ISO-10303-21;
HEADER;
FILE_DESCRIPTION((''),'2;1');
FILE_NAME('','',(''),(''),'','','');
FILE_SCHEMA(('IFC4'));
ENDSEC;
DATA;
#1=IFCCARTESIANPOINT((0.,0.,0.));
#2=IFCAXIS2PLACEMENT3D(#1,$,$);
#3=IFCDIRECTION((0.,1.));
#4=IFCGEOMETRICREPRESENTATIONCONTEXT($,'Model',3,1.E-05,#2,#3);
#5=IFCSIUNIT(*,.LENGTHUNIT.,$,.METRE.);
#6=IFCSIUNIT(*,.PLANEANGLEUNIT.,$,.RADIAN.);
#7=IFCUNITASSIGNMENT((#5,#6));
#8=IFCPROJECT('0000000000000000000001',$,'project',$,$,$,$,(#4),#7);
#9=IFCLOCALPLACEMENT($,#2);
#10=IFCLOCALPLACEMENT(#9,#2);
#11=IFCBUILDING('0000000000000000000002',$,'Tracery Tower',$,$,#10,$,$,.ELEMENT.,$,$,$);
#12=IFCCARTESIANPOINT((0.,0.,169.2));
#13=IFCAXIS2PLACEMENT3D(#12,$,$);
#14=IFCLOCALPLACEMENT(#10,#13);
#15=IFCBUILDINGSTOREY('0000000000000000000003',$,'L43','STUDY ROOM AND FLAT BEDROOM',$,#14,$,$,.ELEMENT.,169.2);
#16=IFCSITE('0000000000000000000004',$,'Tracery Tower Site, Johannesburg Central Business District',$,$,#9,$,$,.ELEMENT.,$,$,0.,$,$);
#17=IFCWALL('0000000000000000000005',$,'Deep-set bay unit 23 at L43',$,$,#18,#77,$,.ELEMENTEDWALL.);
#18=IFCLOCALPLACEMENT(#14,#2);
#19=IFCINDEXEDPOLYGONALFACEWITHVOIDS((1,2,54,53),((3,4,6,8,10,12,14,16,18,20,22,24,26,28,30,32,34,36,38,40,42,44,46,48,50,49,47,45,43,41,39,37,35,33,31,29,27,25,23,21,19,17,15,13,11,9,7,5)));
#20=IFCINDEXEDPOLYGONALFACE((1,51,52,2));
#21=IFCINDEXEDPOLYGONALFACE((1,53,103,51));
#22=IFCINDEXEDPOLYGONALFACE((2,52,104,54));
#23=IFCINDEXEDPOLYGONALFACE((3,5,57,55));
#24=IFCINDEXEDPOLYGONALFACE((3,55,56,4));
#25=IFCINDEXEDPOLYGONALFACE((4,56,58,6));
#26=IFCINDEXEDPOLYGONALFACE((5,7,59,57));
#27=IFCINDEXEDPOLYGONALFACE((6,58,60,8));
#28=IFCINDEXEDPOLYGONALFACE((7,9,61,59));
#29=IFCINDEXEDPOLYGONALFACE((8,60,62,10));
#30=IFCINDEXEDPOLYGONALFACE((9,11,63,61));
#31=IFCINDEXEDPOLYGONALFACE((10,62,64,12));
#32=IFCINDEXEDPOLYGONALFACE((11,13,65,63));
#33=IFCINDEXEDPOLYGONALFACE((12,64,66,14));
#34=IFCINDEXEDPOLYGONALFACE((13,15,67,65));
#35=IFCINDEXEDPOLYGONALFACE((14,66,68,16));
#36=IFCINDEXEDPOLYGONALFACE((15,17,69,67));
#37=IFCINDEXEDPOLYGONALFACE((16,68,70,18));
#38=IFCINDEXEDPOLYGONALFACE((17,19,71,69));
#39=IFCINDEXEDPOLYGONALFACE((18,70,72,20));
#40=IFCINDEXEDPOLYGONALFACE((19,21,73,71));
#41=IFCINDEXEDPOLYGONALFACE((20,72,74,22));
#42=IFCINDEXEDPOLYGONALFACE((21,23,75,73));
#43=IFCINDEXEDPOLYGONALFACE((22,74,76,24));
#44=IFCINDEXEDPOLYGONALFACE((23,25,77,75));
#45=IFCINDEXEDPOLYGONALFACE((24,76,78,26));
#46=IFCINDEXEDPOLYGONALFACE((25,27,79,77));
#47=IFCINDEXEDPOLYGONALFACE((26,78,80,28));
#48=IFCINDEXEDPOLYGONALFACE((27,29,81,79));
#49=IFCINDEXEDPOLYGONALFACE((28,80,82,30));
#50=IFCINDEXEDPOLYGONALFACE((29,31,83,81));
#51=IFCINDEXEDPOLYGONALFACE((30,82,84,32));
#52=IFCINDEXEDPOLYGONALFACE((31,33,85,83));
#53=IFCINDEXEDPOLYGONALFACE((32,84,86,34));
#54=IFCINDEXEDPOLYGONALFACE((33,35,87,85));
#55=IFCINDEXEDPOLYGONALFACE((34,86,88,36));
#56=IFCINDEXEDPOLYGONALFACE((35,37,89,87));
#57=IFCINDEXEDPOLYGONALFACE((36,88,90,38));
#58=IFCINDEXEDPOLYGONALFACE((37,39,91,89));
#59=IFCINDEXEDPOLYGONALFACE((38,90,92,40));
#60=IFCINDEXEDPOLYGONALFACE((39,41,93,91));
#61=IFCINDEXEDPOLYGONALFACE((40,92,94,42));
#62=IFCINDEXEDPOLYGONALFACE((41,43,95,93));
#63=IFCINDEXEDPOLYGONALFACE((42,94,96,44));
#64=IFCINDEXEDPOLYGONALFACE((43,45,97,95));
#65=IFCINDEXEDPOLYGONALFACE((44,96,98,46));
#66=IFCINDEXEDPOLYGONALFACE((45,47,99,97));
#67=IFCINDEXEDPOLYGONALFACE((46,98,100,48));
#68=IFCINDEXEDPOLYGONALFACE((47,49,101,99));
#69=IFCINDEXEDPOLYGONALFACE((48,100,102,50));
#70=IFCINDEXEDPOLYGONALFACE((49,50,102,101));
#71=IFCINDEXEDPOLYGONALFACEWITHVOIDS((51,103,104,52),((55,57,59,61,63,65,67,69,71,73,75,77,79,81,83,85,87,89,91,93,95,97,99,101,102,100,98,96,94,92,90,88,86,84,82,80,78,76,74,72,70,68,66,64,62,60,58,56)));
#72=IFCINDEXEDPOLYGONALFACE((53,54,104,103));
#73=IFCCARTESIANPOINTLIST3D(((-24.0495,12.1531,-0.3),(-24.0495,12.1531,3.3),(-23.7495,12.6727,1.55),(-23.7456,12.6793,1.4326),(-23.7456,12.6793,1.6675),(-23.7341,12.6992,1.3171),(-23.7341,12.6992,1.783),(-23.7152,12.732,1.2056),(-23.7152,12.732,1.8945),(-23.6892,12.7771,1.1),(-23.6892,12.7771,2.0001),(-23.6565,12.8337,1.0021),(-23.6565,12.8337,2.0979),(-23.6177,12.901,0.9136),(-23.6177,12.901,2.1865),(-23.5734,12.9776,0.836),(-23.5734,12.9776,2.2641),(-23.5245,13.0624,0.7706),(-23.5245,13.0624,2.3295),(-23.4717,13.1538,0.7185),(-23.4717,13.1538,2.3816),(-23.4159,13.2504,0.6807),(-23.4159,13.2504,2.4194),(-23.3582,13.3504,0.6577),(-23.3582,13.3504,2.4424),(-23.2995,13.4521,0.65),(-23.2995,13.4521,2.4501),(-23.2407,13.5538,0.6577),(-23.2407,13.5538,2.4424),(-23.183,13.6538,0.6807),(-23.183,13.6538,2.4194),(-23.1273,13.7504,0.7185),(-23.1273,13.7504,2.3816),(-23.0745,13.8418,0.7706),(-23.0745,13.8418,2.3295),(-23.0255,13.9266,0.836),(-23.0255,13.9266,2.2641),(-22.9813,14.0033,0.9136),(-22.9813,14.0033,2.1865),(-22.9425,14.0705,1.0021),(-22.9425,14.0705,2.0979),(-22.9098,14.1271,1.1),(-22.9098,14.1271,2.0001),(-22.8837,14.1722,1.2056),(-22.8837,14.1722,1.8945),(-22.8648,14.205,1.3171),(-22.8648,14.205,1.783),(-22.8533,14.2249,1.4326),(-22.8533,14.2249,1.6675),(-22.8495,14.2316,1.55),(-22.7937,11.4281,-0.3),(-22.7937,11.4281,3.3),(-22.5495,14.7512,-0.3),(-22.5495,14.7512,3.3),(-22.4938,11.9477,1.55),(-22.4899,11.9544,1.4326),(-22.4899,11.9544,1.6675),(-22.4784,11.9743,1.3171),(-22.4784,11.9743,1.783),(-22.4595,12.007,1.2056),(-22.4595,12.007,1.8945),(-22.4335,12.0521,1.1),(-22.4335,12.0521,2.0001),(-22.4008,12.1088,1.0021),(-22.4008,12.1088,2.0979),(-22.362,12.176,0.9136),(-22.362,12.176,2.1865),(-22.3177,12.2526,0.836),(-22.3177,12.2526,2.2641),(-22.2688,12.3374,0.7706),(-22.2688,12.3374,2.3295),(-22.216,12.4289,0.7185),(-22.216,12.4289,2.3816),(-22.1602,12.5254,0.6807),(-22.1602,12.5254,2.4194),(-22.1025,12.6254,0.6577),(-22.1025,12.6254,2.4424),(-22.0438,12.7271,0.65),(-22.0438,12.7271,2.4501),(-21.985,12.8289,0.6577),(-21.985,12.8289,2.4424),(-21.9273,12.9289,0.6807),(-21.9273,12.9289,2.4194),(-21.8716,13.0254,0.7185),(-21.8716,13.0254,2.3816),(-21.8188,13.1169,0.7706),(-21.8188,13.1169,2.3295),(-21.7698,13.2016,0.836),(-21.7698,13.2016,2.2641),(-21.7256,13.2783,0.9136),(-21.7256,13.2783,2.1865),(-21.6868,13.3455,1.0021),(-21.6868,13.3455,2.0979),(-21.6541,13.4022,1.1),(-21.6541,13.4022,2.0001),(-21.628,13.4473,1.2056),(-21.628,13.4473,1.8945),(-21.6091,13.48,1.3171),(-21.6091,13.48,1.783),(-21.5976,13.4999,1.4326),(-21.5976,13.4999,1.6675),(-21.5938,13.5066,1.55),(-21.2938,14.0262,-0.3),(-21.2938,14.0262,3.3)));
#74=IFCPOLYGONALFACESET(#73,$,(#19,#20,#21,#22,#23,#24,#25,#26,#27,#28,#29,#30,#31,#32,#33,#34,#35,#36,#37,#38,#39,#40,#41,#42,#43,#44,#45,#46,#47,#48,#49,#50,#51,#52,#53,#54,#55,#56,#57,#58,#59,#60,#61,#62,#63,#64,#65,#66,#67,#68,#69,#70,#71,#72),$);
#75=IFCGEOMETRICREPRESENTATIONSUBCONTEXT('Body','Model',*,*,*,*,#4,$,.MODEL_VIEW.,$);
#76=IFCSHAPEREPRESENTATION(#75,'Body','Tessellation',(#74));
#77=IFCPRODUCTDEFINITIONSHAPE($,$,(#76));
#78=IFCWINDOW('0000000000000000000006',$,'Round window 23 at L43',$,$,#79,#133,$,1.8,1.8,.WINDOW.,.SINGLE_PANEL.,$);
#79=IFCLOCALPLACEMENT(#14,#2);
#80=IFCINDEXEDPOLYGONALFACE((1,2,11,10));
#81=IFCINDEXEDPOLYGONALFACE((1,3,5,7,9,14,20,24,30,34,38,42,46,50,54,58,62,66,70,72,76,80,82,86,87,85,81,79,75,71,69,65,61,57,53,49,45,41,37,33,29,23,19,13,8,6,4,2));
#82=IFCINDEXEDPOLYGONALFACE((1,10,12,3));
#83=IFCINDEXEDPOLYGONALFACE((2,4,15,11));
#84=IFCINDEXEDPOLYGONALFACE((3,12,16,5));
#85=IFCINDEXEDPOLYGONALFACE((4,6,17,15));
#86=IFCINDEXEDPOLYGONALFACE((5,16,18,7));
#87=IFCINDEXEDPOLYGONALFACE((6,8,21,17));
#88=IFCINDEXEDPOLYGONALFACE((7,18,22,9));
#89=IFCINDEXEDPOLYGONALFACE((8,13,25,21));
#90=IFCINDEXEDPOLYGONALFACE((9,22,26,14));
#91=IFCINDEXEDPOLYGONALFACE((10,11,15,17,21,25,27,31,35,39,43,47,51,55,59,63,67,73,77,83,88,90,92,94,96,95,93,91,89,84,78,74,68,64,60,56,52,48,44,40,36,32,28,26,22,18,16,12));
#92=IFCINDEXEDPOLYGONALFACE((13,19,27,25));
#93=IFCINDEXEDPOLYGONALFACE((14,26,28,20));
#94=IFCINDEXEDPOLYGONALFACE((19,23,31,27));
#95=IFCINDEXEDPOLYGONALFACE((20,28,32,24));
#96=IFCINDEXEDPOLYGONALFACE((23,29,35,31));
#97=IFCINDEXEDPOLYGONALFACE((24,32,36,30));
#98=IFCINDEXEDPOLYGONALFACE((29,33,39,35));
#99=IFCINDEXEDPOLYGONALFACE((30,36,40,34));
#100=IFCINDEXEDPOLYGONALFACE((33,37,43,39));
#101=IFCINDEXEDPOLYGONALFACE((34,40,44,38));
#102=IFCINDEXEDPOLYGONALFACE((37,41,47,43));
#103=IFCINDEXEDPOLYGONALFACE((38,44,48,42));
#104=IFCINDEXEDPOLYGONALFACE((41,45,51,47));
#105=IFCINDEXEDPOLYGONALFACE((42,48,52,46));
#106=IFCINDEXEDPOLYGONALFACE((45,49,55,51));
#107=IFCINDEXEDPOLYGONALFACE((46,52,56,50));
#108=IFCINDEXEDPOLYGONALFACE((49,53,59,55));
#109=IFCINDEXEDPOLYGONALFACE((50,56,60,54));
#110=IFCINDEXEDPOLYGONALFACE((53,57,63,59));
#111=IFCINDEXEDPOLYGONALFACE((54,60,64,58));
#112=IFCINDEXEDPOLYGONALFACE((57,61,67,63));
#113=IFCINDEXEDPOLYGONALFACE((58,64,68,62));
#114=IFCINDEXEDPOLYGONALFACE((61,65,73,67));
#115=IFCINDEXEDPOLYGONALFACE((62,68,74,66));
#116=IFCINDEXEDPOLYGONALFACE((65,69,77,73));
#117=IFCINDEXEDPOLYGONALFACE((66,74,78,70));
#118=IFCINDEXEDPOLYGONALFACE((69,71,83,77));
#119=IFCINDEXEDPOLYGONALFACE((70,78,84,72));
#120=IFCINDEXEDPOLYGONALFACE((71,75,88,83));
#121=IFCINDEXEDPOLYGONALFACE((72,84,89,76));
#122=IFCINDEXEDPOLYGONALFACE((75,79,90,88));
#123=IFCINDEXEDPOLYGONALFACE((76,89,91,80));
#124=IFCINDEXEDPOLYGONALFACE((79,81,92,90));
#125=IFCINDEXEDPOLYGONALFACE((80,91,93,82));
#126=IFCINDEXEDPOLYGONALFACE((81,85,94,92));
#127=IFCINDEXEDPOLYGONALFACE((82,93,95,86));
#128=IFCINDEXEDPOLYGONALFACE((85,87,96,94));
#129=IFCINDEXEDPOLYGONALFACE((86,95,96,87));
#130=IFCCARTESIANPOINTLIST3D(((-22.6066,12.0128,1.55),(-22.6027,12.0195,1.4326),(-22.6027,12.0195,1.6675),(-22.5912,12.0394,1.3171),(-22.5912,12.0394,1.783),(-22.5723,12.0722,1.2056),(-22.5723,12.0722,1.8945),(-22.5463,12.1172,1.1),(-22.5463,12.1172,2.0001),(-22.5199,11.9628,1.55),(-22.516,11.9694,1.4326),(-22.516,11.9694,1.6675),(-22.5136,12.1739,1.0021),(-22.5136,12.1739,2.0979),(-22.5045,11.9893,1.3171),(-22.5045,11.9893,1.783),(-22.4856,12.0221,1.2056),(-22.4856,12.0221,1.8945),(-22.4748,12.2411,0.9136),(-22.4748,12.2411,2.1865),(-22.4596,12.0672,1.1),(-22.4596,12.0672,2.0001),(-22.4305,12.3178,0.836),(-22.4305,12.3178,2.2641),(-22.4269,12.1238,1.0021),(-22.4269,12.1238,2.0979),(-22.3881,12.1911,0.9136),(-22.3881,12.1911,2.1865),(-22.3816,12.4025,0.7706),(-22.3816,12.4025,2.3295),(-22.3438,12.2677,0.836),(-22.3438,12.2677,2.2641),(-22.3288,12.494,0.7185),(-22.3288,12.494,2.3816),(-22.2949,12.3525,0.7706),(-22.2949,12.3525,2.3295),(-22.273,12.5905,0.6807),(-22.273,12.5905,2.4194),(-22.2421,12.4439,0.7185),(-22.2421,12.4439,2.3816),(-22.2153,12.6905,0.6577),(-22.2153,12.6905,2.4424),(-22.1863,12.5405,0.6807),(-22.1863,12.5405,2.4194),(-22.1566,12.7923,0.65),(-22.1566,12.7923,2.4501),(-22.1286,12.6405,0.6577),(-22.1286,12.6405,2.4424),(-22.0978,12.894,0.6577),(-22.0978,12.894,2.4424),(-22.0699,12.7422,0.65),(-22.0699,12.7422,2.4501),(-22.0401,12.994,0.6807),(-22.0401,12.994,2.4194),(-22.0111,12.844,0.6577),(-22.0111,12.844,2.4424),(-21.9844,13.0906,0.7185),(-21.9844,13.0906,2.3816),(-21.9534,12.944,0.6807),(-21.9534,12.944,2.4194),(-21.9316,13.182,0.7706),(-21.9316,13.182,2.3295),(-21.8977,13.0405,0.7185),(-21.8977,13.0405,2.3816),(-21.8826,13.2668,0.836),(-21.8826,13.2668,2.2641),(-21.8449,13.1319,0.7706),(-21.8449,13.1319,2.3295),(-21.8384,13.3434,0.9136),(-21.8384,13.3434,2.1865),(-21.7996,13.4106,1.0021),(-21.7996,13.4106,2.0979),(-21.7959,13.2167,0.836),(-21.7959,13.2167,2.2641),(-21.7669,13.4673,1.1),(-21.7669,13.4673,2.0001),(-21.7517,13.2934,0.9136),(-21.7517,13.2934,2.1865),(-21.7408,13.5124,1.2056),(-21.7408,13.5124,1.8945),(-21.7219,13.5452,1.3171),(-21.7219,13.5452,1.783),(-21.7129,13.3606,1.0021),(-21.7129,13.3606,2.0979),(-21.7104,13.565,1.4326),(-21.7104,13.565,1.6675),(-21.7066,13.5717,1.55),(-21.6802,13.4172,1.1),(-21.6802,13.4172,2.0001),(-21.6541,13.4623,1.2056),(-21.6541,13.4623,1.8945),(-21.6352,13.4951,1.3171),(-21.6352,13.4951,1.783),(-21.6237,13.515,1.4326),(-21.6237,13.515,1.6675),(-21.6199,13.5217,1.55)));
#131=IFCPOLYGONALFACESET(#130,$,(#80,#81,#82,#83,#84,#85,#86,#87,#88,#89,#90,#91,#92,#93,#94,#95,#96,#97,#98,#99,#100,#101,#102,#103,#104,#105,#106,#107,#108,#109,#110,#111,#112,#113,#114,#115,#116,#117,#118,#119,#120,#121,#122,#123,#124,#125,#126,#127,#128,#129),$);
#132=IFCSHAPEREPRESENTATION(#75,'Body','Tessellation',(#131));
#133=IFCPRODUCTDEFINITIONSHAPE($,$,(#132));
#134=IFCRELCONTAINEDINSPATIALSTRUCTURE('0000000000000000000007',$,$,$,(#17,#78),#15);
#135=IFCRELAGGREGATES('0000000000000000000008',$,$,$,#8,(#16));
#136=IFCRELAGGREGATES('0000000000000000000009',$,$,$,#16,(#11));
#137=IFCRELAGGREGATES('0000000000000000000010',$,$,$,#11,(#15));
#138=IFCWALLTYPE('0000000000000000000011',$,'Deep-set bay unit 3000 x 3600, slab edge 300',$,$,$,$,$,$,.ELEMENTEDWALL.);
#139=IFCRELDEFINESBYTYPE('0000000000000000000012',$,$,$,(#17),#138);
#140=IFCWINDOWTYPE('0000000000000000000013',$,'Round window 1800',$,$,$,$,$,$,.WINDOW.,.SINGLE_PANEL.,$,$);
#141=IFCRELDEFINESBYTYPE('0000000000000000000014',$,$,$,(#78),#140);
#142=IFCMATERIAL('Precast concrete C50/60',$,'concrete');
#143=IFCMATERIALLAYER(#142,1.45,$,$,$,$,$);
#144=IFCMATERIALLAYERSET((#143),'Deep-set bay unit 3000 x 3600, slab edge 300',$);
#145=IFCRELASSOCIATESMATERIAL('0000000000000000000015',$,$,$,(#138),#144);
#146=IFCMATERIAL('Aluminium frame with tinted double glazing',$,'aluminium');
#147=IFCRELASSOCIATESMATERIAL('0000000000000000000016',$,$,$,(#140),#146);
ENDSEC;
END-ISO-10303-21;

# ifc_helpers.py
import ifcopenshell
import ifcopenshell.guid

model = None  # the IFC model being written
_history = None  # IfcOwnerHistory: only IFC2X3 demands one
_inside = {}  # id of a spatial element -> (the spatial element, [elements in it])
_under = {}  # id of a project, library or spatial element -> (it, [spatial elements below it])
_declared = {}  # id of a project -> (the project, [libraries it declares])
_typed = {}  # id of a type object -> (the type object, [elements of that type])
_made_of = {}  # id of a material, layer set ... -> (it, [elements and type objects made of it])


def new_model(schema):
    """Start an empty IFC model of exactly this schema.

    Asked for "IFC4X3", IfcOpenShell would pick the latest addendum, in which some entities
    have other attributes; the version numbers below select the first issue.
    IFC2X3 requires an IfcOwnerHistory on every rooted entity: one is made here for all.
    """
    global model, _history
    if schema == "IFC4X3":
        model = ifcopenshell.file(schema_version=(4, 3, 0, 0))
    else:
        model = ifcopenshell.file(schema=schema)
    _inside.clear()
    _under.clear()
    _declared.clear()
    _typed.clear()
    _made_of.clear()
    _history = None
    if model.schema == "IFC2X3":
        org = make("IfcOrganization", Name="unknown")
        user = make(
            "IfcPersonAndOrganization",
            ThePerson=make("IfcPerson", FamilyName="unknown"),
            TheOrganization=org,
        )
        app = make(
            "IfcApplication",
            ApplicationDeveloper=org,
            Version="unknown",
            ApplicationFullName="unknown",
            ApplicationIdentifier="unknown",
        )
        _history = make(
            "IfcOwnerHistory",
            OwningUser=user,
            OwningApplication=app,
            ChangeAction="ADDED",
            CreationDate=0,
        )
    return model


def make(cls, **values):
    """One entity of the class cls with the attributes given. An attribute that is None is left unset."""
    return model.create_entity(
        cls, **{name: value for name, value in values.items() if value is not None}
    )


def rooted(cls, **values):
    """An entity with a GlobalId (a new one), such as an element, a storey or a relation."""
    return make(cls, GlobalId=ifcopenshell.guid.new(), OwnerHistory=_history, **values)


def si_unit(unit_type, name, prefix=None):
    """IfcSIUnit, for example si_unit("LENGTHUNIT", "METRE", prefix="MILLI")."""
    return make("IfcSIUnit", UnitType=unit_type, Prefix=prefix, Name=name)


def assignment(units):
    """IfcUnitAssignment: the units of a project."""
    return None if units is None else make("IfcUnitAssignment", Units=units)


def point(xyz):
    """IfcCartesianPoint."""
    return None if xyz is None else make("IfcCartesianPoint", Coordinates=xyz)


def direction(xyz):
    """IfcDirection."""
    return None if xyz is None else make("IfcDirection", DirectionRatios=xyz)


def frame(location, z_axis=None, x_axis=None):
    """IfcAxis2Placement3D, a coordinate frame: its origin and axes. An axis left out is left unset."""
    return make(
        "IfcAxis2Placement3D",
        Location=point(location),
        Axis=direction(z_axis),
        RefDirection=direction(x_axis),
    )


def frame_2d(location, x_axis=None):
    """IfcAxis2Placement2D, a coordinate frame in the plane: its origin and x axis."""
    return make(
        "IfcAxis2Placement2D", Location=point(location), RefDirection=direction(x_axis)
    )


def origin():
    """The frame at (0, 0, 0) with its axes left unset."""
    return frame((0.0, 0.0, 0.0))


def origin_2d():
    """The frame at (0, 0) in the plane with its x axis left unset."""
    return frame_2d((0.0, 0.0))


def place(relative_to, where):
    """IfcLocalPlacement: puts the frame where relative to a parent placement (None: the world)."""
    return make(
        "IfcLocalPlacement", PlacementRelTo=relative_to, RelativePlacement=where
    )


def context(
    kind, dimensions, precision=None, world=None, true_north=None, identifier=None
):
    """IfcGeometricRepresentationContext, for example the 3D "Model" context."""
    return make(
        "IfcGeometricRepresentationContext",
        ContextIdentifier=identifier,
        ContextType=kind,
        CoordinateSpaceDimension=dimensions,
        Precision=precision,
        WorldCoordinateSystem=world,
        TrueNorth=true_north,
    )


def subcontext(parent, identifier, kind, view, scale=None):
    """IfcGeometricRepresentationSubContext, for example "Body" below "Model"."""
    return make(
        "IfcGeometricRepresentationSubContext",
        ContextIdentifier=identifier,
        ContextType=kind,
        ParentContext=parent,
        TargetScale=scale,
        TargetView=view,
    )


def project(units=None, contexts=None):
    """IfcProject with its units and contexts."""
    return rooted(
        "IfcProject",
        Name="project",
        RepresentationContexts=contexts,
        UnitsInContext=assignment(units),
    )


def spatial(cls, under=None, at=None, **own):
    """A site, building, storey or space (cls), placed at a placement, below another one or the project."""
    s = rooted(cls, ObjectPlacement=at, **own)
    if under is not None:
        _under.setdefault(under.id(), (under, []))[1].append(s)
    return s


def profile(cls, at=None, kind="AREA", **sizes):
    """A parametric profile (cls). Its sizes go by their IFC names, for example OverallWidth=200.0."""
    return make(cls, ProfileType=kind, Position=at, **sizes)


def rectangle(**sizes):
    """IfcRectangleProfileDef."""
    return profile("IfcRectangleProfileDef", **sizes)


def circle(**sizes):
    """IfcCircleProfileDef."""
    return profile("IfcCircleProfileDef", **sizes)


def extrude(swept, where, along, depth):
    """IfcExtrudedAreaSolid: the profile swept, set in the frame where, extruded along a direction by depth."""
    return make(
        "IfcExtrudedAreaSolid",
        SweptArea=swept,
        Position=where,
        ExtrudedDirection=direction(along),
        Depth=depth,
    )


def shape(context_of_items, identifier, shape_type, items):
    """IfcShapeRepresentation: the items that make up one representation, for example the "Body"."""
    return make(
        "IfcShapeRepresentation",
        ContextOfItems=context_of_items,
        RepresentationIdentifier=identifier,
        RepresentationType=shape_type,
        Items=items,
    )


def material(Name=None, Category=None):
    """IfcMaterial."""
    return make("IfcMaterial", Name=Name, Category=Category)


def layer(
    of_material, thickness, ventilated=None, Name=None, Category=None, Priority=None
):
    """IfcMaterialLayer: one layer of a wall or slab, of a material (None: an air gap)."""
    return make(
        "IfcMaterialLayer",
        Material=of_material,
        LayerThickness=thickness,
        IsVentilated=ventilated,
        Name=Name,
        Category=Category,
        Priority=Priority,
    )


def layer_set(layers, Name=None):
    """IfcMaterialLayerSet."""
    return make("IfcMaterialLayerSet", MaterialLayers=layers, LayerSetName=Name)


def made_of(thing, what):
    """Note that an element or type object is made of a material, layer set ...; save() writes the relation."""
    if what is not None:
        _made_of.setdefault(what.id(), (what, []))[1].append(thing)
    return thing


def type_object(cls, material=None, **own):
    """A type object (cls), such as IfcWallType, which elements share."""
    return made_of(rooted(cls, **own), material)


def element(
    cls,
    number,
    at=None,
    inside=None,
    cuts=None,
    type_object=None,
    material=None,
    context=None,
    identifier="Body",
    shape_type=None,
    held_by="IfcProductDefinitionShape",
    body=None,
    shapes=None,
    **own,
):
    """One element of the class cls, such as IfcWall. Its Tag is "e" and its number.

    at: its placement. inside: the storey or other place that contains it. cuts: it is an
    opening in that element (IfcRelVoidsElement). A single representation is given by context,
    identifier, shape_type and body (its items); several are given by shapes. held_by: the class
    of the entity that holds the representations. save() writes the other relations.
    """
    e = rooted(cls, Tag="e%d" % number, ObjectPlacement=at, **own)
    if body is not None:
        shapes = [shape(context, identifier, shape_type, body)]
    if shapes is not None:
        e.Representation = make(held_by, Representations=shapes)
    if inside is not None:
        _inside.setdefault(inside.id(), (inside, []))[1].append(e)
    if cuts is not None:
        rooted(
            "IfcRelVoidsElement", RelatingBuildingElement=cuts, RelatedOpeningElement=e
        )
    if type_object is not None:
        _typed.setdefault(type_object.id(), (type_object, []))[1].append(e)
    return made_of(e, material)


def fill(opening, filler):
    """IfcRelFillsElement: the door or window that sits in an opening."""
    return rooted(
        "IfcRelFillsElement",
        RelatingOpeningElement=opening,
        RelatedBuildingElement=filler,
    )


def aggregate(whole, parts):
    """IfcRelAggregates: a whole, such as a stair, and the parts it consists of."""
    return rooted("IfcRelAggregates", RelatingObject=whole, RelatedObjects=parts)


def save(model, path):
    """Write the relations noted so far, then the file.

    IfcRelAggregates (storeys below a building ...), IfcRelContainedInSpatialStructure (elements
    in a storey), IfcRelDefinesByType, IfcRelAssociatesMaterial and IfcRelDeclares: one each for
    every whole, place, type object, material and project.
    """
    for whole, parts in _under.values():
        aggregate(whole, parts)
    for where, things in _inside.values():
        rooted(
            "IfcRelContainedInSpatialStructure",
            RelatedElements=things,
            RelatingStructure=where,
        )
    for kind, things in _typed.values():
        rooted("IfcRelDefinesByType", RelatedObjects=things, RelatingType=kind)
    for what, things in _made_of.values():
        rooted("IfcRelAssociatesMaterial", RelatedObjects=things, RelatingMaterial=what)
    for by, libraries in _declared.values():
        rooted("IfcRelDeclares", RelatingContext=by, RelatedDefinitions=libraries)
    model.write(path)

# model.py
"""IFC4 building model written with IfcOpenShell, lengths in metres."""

from ifc_helpers import new_model, si_unit, direction, frame, frame_2d, origin, origin_2d, place, context, subcontext, project, spatial, rectangle, circle, extrude, material, layer, layer_set, type_object, element, fill, save


model = new_model("IFC4")

# Units and contexts
model_context = context("Model", 3, precision=1e-05, world=origin(), true_north=direction((0.0, 1.0)))
body_context = subcontext(model_context, "Body", "Model", "MODEL_VIEW")
ifc_project = project(units=[si_unit("LENGTHUNIT", "METRE"), si_unit("PLANEANGLEUNIT", "RADIAN")], contexts=[model_context])

# Site, building, storey
site_placement = place(None, origin())
site = spatial("IfcSite", under=ifc_project, at=site_placement, Name="Tracery Tower Site, Johannesburg Central Business District", CompositionType="ELEMENT", RefElevation=0.0)
building_placement = place(site_placement, origin())
building = spatial("IfcBuilding", under=site, at=building_placement, Name="Tracery Tower", CompositionType="ELEMENT")
storey_placement = place(building_placement, frame((0.0, 0.0, 169.2)))
storey = spatial("IfcBuildingStorey", under=building, at=storey_placement, Name="L43", Description="STUDY ROOM AND FLAT BEDROOM", CompositionType="ELEMENT", Elevation=169.2)

# Wall, opening, window
ifc_material_1 = material(Name="Precast concrete C50/60", Category="concrete")
ifc_layer_1 = layer(ifc_material_1, 1.45)
ifc_layer_set_1 = layer_set([ifc_layer_1], Name="Deep-set bay unit 3000 x 3600, slab edge 300")
wall_type_1 = type_object("IfcWallType", Name="Deep-set bay unit 3000 x 3600, slab edge 300", PredefinedType="ELEMENTEDWALL", material=ifc_layer_set_1)
ifc_material_2 = material(Name="Aluminium frame with tinted double glazing", Category="aluminium")
window_type = type_object("IfcWindowType", Name="Round window 1800", PartitioningType="SINGLE_PANEL", PredefinedType="WINDOW", material=ifc_material_2)
wall_1_placement = place(storey_placement, frame((-21.9216, 14.3887, -0.3), z_axis=(0.0, 0.0, 1.0), x_axis=(-0.49999, -0.866031, 0.0)))
wall_1 = element("IfcWall", 1, at=wall_1_placement, inside=storey, type_object=wall_type_1, Name="Deep-set bay unit 23 at L43", PredefinedType="ELEMENTEDWALL", context=body_context, shape_type="SweptSolid", body=[
    extrude(rectangle(XDim=3.0, YDim=1.45, at=frame_2d((1.5, 0.0))), origin(), (0.0, 0.0, 1.0), 3.6001),
])
opening_1_placement = place(wall_1_placement, frame((1.5, 0.0, 1.8501)))
opening_1 = element("IfcOpeningElement", 2, at=opening_1_placement, cuts=wall_1, PredefinedType="OPENING", context=body_context, shape_type="SweptSolid", body=[
    extrude(circle(Radius=0.9, at=origin_2d()), frame((0.0, 0.7349, 0.0), z_axis=(0.0, -1.0, 0.0), x_axis=(1.0, 0.0, 0.0)), (0.0, 0.0, 1.0), 1.47),
])
window_1_placement = place(opening_1_placement, origin())
window_1 = element("IfcWindow", 3, at=window_1_placement, inside=storey, type_object=window_type, Name="Round window 23 at L43", OverallHeight=1.8, OverallWidth=1.8, PartitioningType="SINGLE_PANEL", PredefinedType="WINDOW", context=body_context, shape_type="SweptSolid", body=[
    extrude(circle(Radius=0.9, at=origin_2d()), frame((0.0, 0.6948, 0.0), z_axis=(0.0, -1.0, 0.0), x_axis=(1.0, 0.0, 0.0)), (0.0, 0.0, 1.0), 0.1001),
])
fill(opening_1, window_1)

save(model, "model.ifc")
